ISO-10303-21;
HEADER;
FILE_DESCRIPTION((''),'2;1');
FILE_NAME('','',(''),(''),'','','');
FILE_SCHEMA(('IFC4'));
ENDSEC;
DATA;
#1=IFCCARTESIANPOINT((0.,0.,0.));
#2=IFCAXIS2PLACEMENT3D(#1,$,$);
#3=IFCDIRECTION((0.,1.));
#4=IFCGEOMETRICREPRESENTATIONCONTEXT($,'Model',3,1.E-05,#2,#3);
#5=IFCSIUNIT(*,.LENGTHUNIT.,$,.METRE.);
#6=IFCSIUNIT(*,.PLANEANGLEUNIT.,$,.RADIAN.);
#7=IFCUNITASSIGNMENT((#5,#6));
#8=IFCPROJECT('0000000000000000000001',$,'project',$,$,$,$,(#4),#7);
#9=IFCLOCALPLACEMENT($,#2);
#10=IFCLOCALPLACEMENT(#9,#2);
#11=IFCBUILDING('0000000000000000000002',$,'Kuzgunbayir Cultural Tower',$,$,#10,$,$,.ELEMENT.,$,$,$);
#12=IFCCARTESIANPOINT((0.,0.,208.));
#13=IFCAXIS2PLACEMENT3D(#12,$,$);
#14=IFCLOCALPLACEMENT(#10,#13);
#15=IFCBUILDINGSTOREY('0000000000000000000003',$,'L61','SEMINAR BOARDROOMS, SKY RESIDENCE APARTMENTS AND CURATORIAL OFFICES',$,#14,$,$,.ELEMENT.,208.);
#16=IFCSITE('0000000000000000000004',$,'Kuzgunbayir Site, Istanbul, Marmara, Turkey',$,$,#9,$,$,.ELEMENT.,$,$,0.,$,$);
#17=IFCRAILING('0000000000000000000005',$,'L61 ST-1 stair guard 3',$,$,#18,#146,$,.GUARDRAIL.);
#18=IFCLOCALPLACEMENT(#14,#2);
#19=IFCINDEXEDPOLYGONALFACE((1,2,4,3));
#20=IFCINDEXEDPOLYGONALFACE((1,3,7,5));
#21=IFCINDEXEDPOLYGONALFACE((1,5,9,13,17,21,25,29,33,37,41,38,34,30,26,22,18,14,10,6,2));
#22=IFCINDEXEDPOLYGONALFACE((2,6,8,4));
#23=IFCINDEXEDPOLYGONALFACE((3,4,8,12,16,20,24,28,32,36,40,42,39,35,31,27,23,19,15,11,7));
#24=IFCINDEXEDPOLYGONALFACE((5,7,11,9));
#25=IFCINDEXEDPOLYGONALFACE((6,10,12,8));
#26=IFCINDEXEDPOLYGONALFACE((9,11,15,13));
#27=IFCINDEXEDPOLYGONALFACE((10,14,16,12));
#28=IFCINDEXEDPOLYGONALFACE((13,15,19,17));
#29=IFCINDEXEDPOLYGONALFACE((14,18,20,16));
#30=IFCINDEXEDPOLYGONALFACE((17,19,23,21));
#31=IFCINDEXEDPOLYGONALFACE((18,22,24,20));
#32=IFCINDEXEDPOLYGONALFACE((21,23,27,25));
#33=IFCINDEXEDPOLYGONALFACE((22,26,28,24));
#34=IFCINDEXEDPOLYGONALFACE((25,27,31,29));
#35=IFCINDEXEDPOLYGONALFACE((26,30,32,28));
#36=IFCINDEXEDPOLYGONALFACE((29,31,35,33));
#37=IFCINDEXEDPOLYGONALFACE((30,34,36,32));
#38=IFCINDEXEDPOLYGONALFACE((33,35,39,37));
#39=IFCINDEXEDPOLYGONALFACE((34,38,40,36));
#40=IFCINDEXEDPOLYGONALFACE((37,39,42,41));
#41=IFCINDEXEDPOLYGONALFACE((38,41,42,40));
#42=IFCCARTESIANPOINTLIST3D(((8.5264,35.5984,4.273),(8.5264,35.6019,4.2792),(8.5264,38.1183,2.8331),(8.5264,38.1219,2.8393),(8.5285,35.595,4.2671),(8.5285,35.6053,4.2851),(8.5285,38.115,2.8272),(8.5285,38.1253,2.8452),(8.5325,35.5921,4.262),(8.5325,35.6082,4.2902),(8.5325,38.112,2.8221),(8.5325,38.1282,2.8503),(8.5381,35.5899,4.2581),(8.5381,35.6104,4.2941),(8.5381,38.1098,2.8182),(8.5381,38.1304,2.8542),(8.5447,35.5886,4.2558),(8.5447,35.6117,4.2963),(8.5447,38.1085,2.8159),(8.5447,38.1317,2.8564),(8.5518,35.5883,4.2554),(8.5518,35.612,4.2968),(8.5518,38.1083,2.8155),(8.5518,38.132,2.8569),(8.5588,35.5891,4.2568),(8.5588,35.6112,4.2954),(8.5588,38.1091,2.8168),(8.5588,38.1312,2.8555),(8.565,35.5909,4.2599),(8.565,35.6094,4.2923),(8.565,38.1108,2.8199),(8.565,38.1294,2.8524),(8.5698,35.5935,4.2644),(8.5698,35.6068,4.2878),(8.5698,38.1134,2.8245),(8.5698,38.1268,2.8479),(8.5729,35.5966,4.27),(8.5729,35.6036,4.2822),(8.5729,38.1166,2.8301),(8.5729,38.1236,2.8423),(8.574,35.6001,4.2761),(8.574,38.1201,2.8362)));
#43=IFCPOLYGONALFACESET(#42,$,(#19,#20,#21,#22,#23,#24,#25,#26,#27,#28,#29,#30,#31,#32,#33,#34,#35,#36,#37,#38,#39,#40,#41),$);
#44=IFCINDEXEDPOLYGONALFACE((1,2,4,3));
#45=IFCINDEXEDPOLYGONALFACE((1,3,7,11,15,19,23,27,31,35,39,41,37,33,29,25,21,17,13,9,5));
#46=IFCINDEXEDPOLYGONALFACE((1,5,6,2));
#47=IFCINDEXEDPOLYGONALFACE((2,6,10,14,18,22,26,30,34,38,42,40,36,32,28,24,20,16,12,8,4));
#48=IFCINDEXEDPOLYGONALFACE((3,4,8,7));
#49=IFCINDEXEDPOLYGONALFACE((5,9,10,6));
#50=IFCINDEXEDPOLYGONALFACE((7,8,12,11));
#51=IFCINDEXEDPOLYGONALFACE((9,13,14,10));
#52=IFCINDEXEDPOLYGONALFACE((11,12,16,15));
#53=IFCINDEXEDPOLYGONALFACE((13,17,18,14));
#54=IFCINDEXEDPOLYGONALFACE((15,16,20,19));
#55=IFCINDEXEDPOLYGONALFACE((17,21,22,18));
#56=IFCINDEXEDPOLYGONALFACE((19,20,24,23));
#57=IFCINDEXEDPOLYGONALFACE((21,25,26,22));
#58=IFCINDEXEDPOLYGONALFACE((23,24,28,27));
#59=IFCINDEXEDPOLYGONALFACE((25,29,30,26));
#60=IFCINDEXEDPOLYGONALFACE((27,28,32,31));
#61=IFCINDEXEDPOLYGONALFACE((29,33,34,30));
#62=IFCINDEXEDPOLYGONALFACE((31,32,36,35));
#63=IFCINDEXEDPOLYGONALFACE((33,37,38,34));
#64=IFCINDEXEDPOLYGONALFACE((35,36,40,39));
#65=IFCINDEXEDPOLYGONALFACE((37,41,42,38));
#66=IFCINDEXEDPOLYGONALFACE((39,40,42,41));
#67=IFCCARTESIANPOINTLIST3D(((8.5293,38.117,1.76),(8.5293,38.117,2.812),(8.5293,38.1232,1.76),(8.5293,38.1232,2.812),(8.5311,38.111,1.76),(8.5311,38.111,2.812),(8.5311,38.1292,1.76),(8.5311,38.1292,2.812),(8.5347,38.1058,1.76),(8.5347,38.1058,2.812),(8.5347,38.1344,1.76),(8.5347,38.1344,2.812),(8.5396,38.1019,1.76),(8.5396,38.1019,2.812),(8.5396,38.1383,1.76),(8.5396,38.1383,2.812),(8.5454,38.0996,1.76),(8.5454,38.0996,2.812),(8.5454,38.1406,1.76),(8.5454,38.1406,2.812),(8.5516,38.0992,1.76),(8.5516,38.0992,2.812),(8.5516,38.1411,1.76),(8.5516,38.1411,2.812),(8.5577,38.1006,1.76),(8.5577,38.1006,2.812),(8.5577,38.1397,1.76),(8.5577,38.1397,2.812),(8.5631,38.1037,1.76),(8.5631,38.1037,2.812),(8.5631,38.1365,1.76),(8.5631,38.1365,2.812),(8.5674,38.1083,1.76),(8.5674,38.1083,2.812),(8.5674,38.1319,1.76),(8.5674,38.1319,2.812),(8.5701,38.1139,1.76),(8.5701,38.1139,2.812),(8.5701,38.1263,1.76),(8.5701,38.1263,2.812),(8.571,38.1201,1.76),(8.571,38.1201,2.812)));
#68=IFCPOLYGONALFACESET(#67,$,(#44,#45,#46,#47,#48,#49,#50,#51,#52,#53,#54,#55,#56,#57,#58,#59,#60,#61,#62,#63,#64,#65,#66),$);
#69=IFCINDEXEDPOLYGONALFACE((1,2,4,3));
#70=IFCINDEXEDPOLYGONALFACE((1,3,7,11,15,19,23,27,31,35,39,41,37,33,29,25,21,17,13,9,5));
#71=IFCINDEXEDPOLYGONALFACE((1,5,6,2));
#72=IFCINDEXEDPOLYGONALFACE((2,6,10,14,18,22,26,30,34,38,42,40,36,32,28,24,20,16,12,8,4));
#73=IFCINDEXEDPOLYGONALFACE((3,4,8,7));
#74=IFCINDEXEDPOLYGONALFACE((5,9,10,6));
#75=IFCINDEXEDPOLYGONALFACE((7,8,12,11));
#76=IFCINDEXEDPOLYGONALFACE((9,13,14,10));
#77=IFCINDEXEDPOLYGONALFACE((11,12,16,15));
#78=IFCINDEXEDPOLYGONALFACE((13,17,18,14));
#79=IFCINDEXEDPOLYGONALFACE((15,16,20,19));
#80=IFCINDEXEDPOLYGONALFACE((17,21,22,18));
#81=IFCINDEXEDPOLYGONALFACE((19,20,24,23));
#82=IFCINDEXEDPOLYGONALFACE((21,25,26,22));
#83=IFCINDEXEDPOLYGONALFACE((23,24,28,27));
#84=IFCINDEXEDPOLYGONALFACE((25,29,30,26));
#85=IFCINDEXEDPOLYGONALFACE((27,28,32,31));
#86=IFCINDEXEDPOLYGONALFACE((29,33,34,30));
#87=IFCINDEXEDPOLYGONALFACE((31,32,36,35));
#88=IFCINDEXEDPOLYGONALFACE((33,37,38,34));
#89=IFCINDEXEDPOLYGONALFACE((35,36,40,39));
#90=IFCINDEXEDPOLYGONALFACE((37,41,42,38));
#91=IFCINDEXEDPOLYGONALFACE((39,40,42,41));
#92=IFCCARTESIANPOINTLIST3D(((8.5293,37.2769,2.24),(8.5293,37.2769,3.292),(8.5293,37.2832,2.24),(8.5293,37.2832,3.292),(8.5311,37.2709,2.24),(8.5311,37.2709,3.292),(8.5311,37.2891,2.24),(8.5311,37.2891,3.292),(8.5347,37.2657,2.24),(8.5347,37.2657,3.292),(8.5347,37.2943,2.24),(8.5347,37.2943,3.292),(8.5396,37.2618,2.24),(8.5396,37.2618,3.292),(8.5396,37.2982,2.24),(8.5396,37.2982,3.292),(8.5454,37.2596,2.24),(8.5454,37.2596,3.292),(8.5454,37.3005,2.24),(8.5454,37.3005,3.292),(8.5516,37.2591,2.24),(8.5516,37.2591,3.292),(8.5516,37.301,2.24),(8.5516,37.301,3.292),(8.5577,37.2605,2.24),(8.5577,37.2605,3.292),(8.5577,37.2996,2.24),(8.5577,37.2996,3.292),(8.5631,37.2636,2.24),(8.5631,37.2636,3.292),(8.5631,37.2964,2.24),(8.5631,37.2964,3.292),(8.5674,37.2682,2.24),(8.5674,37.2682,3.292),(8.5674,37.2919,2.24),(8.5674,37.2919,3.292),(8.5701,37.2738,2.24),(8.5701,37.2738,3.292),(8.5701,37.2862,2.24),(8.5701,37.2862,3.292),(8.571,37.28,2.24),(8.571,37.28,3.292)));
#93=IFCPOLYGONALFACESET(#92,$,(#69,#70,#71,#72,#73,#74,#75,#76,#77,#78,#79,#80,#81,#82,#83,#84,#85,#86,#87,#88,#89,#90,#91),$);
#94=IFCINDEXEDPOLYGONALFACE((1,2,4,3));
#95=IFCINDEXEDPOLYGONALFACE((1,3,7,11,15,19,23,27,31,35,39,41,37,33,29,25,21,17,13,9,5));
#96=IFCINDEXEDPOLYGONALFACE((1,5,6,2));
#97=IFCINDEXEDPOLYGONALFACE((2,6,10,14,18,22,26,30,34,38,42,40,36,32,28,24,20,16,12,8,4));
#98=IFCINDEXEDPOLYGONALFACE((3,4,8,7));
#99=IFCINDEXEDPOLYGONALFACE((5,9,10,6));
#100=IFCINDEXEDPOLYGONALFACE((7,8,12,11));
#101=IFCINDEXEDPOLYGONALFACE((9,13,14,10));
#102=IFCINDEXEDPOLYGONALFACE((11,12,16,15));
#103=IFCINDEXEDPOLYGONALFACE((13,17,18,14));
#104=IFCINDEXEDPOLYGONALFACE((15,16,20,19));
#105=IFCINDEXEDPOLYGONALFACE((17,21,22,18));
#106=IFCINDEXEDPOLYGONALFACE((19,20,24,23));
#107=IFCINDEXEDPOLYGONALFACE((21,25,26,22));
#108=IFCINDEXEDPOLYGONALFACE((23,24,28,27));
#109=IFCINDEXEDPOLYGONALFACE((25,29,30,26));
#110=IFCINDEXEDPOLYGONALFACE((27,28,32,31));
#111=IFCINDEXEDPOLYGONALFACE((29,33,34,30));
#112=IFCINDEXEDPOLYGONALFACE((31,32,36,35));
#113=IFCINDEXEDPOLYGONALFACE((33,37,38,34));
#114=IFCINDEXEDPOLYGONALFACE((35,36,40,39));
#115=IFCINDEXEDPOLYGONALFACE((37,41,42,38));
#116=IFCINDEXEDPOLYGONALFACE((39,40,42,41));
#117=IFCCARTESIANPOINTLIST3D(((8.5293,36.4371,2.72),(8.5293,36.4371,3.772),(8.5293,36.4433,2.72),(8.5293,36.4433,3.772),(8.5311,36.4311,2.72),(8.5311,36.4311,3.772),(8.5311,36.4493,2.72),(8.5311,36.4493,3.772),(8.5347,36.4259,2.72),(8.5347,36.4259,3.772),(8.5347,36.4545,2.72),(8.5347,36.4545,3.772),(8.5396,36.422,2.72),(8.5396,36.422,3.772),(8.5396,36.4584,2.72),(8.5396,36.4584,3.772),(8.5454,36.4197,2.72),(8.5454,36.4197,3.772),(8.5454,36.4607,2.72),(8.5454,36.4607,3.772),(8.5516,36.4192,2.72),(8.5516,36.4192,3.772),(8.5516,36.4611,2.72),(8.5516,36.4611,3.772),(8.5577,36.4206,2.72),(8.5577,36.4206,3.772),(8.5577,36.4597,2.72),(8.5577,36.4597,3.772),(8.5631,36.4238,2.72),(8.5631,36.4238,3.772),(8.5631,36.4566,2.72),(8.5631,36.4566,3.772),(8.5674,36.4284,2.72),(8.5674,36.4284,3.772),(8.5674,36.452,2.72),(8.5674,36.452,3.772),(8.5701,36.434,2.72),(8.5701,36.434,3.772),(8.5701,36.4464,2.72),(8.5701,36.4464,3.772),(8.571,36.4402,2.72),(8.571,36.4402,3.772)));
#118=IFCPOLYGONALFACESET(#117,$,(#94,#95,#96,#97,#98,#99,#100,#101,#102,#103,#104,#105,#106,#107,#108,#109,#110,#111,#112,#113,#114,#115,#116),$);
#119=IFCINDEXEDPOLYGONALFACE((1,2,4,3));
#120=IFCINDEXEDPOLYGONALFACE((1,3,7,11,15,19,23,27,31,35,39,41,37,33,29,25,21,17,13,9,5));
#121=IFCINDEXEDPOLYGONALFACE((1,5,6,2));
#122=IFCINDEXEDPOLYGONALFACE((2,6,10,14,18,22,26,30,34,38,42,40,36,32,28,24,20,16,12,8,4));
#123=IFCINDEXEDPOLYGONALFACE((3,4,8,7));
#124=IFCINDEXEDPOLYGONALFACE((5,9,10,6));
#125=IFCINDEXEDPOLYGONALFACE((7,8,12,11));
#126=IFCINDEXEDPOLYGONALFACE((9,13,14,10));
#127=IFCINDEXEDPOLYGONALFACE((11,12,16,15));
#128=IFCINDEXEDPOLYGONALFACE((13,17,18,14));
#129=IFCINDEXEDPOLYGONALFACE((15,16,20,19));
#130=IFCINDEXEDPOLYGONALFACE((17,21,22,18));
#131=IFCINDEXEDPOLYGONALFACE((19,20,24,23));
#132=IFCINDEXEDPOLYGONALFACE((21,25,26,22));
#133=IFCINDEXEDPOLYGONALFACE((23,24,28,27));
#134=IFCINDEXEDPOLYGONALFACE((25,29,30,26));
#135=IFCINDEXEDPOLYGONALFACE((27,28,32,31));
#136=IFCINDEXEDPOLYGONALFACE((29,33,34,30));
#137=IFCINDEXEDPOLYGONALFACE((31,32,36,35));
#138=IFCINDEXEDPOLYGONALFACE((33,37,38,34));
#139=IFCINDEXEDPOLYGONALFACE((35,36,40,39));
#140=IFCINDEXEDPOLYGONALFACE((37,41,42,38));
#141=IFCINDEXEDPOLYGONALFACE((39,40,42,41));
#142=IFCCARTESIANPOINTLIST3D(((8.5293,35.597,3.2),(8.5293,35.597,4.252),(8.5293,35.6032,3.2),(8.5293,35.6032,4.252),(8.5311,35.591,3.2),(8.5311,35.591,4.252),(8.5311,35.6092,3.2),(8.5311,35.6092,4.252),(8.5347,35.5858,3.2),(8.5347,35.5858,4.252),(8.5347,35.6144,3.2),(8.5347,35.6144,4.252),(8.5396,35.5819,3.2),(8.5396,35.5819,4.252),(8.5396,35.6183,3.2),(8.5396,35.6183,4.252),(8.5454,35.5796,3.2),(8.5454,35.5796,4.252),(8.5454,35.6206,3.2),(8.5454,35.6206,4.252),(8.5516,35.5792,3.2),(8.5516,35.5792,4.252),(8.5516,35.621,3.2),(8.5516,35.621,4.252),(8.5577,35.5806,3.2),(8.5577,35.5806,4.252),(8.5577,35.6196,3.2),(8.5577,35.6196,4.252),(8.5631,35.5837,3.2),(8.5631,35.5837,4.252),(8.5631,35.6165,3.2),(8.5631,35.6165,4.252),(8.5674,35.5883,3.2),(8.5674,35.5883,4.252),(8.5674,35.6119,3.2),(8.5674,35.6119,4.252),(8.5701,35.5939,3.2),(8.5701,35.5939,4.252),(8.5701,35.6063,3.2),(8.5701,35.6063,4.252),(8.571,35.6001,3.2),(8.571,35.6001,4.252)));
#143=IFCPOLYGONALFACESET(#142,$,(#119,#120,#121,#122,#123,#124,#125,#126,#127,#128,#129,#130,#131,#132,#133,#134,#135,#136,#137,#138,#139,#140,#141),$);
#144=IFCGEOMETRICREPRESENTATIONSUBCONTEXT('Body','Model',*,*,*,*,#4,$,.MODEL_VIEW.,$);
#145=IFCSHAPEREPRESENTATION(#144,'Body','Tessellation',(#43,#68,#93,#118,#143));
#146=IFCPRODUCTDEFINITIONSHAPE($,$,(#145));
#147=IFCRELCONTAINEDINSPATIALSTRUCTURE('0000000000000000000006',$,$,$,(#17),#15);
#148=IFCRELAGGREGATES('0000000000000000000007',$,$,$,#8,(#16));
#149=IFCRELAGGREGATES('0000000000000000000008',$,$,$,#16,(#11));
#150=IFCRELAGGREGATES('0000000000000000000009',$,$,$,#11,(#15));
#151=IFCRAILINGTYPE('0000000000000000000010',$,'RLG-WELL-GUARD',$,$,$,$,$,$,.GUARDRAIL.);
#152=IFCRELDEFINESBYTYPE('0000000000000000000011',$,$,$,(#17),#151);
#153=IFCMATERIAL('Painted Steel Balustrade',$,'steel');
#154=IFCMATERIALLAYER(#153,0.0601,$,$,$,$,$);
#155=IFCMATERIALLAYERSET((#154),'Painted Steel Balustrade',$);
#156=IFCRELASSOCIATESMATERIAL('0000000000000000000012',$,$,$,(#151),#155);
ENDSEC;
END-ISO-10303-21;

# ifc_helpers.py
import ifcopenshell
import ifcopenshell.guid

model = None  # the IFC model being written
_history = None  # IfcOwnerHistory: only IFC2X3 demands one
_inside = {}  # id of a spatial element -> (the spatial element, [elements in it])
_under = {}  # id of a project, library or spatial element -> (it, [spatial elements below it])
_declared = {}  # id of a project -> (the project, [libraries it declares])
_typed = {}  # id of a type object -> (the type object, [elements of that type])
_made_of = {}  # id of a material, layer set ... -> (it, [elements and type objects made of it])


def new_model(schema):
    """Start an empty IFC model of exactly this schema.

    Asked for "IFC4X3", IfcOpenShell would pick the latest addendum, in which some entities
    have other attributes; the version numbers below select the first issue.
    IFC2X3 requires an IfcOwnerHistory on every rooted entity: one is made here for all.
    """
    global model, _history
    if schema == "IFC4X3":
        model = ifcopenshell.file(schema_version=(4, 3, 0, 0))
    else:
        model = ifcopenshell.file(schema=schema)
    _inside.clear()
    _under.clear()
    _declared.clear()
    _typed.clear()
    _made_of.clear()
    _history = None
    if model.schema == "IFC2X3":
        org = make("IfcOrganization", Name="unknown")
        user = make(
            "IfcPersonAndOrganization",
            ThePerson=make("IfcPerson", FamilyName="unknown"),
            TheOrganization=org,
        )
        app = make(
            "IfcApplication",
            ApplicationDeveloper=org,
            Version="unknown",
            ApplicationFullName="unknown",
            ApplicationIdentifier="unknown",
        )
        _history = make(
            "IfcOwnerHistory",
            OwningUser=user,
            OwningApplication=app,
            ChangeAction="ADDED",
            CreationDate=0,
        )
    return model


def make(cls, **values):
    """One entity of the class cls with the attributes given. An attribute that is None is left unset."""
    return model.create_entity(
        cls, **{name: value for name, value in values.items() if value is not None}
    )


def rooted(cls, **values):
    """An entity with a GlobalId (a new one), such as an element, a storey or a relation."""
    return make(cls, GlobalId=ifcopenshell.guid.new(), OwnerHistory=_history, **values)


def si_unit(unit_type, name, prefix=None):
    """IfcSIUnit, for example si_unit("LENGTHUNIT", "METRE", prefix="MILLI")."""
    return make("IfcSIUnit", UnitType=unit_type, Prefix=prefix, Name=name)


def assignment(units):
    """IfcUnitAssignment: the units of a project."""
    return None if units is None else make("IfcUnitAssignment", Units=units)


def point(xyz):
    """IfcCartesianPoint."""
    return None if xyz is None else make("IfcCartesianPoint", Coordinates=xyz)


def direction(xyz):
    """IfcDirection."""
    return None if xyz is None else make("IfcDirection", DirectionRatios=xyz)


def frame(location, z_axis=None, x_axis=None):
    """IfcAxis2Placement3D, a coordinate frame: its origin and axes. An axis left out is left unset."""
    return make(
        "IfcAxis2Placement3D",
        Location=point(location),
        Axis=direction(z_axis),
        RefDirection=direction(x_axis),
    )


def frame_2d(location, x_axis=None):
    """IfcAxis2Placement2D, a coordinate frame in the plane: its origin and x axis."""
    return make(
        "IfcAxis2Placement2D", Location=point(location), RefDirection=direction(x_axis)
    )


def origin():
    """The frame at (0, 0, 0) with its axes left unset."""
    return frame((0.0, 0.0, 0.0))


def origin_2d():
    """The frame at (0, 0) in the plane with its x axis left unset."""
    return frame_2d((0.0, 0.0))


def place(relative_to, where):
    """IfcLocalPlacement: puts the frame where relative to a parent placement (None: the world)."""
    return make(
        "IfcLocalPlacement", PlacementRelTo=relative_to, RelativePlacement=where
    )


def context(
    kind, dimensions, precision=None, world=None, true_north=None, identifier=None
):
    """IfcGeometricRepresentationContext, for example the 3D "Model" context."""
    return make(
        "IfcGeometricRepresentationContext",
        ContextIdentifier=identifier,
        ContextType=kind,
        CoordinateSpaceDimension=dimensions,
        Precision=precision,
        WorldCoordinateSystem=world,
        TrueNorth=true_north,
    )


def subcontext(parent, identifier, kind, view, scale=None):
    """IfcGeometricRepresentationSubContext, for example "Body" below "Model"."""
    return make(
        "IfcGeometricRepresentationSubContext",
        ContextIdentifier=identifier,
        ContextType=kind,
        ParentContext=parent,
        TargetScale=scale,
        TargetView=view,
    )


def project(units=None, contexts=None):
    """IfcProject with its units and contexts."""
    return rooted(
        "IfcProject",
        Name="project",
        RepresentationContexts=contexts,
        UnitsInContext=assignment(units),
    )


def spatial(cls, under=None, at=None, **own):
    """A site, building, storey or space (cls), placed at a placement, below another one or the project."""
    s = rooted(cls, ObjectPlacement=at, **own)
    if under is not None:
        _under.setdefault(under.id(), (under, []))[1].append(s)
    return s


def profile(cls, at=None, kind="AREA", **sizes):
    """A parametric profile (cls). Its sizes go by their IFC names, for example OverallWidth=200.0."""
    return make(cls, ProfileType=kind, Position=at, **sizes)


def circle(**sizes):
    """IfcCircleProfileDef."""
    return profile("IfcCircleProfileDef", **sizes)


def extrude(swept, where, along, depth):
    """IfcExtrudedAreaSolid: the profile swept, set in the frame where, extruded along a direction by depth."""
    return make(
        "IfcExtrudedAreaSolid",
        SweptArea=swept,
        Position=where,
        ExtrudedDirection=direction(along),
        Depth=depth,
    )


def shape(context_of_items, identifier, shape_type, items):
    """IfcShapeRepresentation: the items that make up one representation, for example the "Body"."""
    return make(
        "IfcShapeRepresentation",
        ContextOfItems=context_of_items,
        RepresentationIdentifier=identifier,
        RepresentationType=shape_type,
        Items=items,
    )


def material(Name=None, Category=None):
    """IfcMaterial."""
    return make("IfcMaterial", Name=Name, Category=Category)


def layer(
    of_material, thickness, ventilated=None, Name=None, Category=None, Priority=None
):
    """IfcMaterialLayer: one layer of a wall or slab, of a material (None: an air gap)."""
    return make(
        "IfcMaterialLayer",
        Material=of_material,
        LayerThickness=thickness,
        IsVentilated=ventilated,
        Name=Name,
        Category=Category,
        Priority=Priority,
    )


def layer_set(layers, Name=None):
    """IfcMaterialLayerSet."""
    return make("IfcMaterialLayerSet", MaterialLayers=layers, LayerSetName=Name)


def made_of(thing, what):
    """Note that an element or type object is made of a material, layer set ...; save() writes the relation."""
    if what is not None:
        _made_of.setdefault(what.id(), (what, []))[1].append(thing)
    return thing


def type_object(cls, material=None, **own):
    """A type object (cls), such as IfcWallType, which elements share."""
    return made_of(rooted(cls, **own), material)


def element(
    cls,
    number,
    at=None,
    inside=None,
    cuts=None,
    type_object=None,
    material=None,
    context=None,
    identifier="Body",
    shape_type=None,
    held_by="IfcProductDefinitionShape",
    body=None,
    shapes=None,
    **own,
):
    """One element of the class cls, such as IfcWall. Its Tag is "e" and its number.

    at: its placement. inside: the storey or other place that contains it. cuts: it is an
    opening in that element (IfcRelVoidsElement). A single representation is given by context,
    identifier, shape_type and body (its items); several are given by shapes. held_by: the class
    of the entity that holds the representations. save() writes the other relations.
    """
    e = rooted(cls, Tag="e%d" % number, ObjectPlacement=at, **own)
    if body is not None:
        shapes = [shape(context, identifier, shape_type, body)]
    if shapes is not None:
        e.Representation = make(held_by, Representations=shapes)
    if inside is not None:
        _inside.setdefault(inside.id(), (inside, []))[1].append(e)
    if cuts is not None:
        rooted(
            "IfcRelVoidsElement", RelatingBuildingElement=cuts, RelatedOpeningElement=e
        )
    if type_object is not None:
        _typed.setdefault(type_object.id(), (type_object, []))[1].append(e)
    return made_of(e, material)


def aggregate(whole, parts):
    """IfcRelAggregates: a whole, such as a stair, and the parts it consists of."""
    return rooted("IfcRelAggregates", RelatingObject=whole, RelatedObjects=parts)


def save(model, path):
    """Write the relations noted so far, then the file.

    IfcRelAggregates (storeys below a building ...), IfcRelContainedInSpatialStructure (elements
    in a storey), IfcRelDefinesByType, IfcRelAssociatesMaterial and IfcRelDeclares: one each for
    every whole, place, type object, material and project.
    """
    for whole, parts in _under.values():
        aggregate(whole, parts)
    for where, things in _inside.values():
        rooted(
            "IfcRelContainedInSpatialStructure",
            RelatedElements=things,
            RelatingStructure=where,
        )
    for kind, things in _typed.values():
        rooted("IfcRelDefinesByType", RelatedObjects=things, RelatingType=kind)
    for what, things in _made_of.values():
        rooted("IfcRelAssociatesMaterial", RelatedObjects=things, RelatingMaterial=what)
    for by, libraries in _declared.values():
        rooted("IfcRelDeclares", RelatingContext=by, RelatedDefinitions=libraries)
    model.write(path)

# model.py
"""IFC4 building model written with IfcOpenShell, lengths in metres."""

from ifc_helpers import new_model, si_unit, direction, frame, origin, origin_2d, place, context, subcontext, project, spatial, circle, extrude, material, layer, layer_set, type_object, element, save


model = new_model("IFC4")

# Units and contexts
model_context = context("Model", 3, precision=1e-05, world=origin(), true_north=direction((0.0, 1.0)))
body_context = subcontext(model_context, "Body", "Model", "MODEL_VIEW")
ifc_project = project(units=[si_unit("LENGTHUNIT", "METRE"), si_unit("PLANEANGLEUNIT", "RADIAN")], contexts=[model_context])

# Site, building, storey
site_placement = place(None, origin())
site = spatial("IfcSite", under=ifc_project, at=site_placement, Name="Kuzgunbayir Site, Istanbul, Marmara, Turkey", CompositionType="ELEMENT", RefElevation=0.0)
building_placement = place(site_placement, origin())
building = spatial("IfcBuilding", under=site, at=building_placement, Name="Kuzgunbayir Cultural Tower", CompositionType="ELEMENT")
storey_placement = place(building_placement, frame((0.0, 0.0, 208.0)))
storey = spatial("IfcBuildingStorey", under=building, at=storey_placement, Name="L61", Description="SEMINAR BOARDROOMS, SKY RESIDENCE APARTMENTS AND CURATORIAL OFFICES", CompositionType="ELEMENT", Elevation=208.0)

# Railing
ifc_material_1 = material(Name="Painted Steel Balustrade", Category="steel")
ifc_layer_1 = layer(ifc_material_1, 0.0601)
ifc_layer_set_1 = layer_set([ifc_layer_1], Name="Painted Steel Balustrade")
railing_type_1 = type_object("IfcRailingType", Name="RLG-WELL-GUARD", PredefinedType="GUARDRAIL", material=ifc_layer_set_1)
railing_1_placement = place(storey_placement, frame((8.55, 38.1201, 1.76)))
element("IfcRailing", 1, at=railing_1_placement, inside=storey, type_object=railing_type_1, Name="L61 ST-1 stair guard 3", PredefinedType="GUARDRAIL", context=body_context, shape_type="SweptSolid", body=[
    extrude(circle(Radius=0.0239, at=origin_2d()), frame((0.0, 0.0, 1.0762), z_axis=(0.0, -0.868253, 0.496121), x_axis=(1.0, 0.0, 0.0)), (0.0, 0.0, 1.0), 2.9023),
    extrude(circle(Radius=0.021, at=origin_2d()), origin(), (0.0, 0.0, 1.0), 1.052),
    extrude(circle(Radius=0.021, at=origin_2d()), frame((0.0, -0.8401, 0.48)), (0.0, 0.0, 1.0), 1.052),
    extrude(circle(Radius=0.021, at=origin_2d()), frame((0.0, -1.6799, 0.96)), (0.0, 0.0, 1.0), 1.052),
    extrude(circle(Radius=0.021, at=origin_2d()), frame((0.0, -2.52, 1.4399)), (0.0, 0.0, 1.0), 1.052),
])

save(model, "model.ifc")
